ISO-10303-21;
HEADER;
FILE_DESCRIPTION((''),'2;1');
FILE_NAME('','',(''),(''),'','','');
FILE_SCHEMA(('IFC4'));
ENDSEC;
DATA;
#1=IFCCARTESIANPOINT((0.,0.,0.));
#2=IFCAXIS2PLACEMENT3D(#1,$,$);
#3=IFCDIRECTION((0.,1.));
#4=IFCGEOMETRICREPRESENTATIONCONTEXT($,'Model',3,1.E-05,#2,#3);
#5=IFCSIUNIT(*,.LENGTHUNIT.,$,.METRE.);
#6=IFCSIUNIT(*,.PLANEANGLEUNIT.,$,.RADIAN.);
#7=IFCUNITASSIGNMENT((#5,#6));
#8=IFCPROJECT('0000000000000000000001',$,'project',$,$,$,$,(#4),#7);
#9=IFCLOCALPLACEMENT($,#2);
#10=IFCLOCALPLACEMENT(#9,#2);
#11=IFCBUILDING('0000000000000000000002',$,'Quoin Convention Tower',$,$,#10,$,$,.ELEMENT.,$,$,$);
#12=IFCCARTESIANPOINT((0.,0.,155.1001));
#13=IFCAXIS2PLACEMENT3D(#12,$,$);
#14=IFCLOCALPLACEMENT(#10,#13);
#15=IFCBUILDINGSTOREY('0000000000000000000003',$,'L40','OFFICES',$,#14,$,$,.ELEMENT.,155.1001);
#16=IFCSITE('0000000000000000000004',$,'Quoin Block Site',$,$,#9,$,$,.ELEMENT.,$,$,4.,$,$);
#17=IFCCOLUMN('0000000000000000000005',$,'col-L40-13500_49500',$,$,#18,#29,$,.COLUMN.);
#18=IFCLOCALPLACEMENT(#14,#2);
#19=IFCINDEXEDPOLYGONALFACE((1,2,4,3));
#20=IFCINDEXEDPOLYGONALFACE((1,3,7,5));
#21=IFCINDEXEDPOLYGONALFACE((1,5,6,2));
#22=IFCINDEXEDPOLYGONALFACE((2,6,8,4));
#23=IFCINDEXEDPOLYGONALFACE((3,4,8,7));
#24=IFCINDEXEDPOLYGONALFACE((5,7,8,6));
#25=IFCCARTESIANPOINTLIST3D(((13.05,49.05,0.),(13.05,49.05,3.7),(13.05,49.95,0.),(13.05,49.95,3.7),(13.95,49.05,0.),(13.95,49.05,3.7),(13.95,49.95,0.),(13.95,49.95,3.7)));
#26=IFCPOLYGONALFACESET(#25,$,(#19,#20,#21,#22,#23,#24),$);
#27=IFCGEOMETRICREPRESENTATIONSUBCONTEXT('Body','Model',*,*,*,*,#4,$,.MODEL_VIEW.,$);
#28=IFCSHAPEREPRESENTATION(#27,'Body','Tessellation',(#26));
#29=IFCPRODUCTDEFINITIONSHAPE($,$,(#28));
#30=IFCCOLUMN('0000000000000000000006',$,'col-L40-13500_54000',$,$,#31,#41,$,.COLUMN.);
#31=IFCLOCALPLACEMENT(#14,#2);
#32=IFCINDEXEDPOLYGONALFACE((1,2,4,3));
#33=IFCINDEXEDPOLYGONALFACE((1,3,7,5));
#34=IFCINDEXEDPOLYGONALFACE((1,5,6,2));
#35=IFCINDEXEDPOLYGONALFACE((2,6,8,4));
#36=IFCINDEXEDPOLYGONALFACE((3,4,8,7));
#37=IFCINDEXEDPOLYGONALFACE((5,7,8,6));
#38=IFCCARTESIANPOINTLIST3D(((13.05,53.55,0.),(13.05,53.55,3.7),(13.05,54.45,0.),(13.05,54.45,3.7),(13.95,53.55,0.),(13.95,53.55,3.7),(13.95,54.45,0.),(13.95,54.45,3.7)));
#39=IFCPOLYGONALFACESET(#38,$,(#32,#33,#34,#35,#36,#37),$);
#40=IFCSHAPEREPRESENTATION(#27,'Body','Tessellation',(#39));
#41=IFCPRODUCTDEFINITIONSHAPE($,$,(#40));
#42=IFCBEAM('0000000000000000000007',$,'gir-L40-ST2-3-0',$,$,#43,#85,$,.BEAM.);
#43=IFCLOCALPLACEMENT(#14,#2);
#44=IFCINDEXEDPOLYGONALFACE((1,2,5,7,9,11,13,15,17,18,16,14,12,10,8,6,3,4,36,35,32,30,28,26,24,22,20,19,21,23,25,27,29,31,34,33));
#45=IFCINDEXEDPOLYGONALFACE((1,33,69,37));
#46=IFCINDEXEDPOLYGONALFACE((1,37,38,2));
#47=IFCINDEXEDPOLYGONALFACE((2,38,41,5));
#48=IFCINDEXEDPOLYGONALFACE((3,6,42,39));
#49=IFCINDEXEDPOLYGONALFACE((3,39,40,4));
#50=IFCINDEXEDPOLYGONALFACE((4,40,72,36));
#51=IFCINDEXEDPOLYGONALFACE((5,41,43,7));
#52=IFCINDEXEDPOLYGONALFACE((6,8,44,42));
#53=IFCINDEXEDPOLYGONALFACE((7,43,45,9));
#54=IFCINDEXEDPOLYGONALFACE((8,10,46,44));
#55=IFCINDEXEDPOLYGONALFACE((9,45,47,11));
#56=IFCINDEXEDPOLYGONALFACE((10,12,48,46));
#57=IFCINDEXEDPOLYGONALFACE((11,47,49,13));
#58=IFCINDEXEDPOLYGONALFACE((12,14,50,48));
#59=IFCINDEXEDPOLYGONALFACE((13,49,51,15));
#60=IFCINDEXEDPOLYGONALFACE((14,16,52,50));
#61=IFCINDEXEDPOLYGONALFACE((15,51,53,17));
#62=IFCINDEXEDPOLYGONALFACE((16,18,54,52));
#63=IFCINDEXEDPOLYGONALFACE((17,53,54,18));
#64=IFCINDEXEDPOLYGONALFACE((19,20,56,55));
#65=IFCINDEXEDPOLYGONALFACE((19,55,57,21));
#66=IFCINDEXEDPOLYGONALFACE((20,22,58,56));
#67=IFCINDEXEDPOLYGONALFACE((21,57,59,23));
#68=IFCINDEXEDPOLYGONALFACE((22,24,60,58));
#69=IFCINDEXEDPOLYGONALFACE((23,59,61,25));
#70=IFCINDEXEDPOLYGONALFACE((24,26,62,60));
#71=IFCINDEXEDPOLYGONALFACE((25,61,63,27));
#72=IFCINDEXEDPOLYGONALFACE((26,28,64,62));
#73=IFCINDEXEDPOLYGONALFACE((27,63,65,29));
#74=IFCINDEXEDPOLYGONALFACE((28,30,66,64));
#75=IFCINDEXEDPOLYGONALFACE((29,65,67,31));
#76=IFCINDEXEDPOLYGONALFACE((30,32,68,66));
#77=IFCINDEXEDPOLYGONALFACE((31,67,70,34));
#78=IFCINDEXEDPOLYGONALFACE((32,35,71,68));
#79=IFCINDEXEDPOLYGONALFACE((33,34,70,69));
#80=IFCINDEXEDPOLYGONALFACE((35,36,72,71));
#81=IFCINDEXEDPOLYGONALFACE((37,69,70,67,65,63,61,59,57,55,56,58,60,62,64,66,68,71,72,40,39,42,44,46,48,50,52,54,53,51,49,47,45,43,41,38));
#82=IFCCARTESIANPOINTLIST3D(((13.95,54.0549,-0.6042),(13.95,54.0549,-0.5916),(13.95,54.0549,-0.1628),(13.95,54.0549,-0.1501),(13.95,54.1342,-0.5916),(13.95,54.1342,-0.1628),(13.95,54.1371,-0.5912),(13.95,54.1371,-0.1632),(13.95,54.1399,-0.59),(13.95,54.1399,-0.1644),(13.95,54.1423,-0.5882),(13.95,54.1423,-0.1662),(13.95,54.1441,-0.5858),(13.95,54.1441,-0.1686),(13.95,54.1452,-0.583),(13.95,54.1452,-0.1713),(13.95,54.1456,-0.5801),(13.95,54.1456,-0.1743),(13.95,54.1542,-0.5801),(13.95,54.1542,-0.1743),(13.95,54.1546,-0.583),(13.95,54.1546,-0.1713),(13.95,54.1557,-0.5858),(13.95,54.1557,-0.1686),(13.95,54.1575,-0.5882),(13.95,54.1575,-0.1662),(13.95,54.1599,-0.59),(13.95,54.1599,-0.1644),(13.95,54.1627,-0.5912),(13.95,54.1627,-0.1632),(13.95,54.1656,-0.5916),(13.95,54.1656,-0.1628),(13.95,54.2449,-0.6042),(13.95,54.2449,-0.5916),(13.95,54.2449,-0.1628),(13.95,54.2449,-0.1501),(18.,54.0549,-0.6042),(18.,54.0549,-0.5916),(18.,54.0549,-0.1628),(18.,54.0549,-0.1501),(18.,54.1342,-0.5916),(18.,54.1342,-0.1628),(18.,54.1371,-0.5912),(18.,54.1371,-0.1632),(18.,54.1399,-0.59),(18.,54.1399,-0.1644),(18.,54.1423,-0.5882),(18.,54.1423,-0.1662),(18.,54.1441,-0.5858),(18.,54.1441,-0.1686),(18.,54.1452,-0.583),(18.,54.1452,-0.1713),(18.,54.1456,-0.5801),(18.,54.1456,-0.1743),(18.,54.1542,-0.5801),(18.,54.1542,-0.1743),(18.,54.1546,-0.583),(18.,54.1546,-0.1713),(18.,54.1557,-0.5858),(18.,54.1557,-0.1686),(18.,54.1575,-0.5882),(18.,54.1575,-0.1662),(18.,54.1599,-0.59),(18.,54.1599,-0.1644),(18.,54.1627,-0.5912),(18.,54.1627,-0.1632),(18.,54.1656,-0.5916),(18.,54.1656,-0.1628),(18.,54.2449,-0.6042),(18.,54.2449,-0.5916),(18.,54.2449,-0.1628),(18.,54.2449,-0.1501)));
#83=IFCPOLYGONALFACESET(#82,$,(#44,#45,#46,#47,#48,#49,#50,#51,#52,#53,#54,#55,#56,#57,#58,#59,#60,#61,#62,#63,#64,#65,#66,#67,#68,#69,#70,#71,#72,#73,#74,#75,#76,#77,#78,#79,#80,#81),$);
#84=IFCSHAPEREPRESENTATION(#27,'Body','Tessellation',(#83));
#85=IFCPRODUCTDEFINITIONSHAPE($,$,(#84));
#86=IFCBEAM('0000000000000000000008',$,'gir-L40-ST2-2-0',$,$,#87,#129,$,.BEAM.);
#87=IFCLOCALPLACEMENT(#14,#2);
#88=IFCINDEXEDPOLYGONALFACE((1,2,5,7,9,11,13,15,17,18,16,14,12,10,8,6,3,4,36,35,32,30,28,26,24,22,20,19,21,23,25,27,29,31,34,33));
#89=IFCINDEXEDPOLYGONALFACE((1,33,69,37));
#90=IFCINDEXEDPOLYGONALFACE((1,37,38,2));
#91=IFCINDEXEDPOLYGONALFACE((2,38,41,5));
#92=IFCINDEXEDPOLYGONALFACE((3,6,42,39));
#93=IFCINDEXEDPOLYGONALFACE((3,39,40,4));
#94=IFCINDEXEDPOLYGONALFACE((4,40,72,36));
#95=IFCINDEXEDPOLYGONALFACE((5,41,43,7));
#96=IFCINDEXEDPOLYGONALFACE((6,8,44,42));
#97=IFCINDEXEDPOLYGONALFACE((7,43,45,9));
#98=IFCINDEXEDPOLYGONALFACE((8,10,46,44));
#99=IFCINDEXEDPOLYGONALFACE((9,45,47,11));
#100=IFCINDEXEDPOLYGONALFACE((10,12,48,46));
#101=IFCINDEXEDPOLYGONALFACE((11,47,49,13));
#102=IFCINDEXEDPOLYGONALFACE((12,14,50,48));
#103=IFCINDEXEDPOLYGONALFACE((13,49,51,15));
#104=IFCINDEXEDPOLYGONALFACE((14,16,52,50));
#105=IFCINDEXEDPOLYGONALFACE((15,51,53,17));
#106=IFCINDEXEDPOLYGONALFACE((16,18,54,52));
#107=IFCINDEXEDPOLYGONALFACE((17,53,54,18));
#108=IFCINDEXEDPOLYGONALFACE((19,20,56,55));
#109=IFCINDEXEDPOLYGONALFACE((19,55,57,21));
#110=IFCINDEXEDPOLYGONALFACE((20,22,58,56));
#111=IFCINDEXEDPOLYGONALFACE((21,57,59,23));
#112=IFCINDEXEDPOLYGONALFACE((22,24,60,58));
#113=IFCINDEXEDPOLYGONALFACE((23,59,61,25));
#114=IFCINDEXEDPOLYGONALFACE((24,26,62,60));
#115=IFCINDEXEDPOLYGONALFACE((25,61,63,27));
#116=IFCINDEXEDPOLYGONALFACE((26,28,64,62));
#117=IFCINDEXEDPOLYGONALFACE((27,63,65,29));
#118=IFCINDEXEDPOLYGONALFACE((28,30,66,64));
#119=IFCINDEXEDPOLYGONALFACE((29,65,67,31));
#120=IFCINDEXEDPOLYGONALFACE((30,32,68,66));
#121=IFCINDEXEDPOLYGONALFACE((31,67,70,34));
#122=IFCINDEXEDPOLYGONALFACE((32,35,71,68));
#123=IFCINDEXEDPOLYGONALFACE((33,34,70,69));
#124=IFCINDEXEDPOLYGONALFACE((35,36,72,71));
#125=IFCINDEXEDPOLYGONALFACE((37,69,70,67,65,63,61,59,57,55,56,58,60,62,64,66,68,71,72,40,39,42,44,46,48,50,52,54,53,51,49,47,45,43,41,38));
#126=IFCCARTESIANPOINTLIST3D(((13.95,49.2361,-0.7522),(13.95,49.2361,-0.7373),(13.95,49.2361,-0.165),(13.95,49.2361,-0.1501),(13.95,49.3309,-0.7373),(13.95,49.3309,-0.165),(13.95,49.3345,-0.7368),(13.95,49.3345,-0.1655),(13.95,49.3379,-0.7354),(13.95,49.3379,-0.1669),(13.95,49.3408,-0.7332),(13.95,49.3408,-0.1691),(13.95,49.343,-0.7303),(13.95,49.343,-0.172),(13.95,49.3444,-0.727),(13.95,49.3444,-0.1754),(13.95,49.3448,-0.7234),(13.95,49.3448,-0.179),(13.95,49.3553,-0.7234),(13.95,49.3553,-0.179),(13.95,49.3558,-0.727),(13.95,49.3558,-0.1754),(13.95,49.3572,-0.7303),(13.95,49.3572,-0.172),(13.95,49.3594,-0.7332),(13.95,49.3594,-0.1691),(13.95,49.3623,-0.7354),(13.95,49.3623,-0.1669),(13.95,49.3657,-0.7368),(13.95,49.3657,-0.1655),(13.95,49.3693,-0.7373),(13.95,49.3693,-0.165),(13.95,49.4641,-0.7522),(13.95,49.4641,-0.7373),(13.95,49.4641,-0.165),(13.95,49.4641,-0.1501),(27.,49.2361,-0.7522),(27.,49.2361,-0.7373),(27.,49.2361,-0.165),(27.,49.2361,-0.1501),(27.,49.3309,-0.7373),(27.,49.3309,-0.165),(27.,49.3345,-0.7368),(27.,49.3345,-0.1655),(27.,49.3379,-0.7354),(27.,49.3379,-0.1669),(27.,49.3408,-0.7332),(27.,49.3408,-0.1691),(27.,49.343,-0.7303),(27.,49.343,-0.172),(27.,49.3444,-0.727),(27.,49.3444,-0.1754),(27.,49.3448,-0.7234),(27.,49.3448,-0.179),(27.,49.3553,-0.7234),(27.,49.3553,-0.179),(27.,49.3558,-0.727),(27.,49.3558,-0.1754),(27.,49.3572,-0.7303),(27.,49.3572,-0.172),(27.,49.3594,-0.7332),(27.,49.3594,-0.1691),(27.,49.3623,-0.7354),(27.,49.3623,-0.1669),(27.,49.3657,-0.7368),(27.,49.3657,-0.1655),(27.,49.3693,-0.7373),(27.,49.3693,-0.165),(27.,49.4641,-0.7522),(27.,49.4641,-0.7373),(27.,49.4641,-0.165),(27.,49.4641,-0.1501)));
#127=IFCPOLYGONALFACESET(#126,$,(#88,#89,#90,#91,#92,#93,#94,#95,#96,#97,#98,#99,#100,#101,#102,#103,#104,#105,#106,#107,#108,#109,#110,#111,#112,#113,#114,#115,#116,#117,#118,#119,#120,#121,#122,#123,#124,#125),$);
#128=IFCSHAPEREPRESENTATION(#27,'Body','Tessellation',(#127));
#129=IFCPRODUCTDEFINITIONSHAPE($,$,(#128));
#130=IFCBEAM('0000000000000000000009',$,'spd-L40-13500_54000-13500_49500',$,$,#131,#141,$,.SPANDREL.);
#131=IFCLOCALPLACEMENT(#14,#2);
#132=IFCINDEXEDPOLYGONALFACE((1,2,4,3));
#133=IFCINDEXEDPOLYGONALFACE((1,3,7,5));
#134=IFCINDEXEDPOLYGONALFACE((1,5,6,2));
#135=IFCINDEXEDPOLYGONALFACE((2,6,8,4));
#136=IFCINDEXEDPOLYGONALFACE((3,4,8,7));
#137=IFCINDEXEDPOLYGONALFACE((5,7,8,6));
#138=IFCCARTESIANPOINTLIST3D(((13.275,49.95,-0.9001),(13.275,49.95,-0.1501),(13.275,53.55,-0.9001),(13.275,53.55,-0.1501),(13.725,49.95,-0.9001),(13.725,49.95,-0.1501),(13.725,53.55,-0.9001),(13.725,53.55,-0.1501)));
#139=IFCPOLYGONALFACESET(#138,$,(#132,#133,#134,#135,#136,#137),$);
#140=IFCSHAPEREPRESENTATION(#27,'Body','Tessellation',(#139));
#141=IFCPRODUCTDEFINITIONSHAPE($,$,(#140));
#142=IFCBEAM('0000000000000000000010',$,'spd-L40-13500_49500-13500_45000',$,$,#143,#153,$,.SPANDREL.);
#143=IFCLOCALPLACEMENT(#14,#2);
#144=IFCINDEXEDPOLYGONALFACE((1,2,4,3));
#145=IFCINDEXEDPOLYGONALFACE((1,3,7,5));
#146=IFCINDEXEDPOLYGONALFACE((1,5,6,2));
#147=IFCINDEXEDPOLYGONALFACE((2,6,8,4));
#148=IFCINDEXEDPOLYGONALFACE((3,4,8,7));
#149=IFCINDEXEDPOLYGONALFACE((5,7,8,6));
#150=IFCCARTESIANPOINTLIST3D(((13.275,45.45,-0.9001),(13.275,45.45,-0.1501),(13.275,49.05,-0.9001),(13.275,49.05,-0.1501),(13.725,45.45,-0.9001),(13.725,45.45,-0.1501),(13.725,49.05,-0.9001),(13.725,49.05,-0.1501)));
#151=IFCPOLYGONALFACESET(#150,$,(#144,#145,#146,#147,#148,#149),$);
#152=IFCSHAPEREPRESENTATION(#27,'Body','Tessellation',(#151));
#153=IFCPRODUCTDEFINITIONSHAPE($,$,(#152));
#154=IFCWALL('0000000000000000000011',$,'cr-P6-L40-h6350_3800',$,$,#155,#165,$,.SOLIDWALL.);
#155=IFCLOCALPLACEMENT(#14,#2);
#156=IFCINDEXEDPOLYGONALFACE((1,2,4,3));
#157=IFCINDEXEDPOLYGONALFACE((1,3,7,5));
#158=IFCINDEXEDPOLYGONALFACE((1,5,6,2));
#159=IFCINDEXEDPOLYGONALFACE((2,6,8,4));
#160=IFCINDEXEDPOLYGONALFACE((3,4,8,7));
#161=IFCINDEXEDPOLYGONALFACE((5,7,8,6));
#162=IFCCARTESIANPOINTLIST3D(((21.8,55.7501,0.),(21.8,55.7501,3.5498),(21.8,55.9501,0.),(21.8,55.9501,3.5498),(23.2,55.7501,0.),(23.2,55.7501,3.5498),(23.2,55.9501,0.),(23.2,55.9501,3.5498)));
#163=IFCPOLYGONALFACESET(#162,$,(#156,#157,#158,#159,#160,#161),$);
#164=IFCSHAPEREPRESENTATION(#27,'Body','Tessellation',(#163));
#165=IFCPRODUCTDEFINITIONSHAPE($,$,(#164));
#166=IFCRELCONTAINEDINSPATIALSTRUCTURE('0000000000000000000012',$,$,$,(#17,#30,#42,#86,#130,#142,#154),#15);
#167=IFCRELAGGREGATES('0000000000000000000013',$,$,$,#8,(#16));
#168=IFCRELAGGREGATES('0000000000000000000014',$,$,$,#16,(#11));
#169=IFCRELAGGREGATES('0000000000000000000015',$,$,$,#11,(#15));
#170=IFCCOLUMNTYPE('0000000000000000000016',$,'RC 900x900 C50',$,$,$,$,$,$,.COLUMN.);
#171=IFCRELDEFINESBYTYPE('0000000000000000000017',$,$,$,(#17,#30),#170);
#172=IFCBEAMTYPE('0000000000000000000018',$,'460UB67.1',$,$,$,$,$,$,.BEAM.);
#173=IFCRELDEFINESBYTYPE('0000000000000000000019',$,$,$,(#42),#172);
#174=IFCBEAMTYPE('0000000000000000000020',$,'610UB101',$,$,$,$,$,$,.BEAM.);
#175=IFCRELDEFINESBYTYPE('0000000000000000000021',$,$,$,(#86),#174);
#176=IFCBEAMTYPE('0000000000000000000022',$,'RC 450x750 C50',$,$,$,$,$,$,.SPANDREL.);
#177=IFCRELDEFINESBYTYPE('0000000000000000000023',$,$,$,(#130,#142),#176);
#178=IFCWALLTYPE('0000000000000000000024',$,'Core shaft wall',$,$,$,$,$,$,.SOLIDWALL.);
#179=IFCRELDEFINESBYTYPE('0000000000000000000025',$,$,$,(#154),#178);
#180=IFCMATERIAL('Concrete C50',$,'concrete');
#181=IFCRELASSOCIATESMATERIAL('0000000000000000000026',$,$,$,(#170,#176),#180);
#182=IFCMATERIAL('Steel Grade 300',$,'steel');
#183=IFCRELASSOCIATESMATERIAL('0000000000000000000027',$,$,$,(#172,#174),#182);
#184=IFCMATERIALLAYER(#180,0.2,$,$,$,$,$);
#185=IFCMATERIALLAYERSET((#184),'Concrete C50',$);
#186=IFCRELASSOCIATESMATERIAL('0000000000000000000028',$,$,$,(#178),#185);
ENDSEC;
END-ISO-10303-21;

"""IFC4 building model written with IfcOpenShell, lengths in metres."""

from ifc_helpers import new_model, si_unit, direction, frame, frame_2d, origin, origin_2d, place, context, subcontext, project, spatial, rectangle, i_section, extrude, material, layer, layer_set, material_profile, profile_set, type_object, element, save


model = new_model("IFC4")

# Units and contexts
model_context = context("Model", 3, precision=1e-05, world=origin(), true_north=direction((0.0, 1.0)))
body_context = subcontext(model_context, "Body", "Model", "MODEL_VIEW")
ifc_project = project(units=[si_unit("LENGTHUNIT", "METRE"), si_unit("PLANEANGLEUNIT", "RADIAN")], contexts=[model_context])

# Site, building, storey
site_placement = place(None, origin())
site = spatial("IfcSite", under=ifc_project, at=site_placement, Name="Quoin Block Site", CompositionType="ELEMENT", RefElevation=4.0)
building_placement = place(site_placement, origin())
building = spatial("IfcBuilding", under=site, at=building_placement, Name="Quoin Convention Tower", CompositionType="ELEMENT")
storey_placement = place(building_placement, frame((0.0, 0.0, 155.1001)))
storey = spatial("IfcBuildingStorey", under=building, at=storey_placement, Name="L40", Description="OFFICES", CompositionType="ELEMENT", Elevation=155.1001)

# Columns
ifc_material_1 = material(Name="Concrete C50", Category="concrete")
ifc_material_profile_1 = material_profile(ifc_material_1, rectangle(XDim=0.8999, YDim=0.8999, at=origin_2d()), Name="RC 900x900")
ifc_profile_set_1 = profile_set([ifc_material_profile_1], Name="Concrete C50")
column_type = type_object("IfcColumnType", Name="RC 900x900 C50", PredefinedType="COLUMN", material=ifc_profile_set_1)
for number, where, z_axis, x_axis, name in (
    (1, (13.5, 49.5, 0.0), (0.0, 0.0, 1.0), (1.0, 0.0, 0.0), "col-L40-13500_49500"),
    (2, (13.5, 54.0, 0.0), (0.0, 0.0, 1.0), (1.0, 0.0, 0.0), "col-L40-13500_54000"),
):
    element("IfcColumn", number, at=place(storey_placement, frame(where, z_axis=z_axis, x_axis=x_axis)), inside=storey, type_object=column_type, Name=name, PredefinedType="COLUMN", context=body_context, shape_type="SweptSolid", body=[
        extrude(rectangle(XDim=0.8999, YDim=0.8999, at=origin_2d()), origin(), (0.0, 0.0, 1.0), 3.7),
    ])

# Beams
ifc_material_2 = material(Name="Steel Grade 300", Category="steel")
ifc_material_profile_2 = material_profile(ifc_material_2, i_section(OverallWidth=0.1899, OverallDepth=0.4541, WebThickness=0.0085, FlangeThickness=0.0127, FilletRadius=0.0115, at=origin_2d()), Name="460UB67.1")
ifc_profile_set_2 = profile_set([ifc_material_profile_2], Name="Steel Grade 300")
beam_type_1 = type_object("IfcBeamType", Name="460UB67.1", PredefinedType="BEAM", material=ifc_profile_set_2)
beam_1_placement = place(storey_placement, frame((13.95, 54.1499, -0.3772), z_axis=(1.0, 0.0, 0.0), x_axis=(0.0, 1.0, 0.0)))
element("IfcBeam", 3, at=beam_1_placement, inside=storey, type_object=beam_type_1, Name="gir-L40-ST2-3-0", PredefinedType="BEAM", context=body_context, shape_type="SweptSolid", body=[
    extrude(i_section(OverallWidth=0.1899, OverallDepth=0.4541, WebThickness=0.0085, FlangeThickness=0.0127, FilletRadius=0.0115, at=origin_2d()), origin(), (0.0, 0.0, 1.0), 4.05),
])
ifc_material_profile_3 = material_profile(ifc_material_2, i_section(OverallWidth=0.228, OverallDepth=0.6021, WebThickness=0.0105, FlangeThickness=0.0149, FilletRadius=0.0139, at=origin_2d()), Name="610UB101")
ifc_profile_set_3 = profile_set([ifc_material_profile_3], Name="Steel Grade 300")
beam_type_2 = type_object("IfcBeamType", Name="610UB101", PredefinedType="BEAM", material=ifc_profile_set_3)
beam_2_placement = place(storey_placement, frame((13.95, 49.3501, -0.4512), z_axis=(1.0, 0.0, 0.0), x_axis=(0.0, 1.0, 0.0)))
element("IfcBeam", 4, at=beam_2_placement, inside=storey, type_object=beam_type_2, Name="gir-L40-ST2-2-0", PredefinedType="BEAM", context=body_context, shape_type="SweptSolid", body=[
    extrude(i_section(OverallWidth=0.228, OverallDepth=0.6021, WebThickness=0.0105, FlangeThickness=0.0149, FilletRadius=0.0139, at=origin_2d()), origin(), (0.0, 0.0, 1.0), 13.05),
])
ifc_material_profile_4 = material_profile(ifc_material_1, rectangle(XDim=0.45, YDim=0.75, at=origin_2d()), Name="RC 450x750")
ifc_profile_set_4 = profile_set([ifc_material_profile_4], Name="Concrete C50")
beam_type_3 = type_object("IfcBeamType", Name="RC 450x750 C50", PredefinedType="SPANDREL", material=ifc_profile_set_4)
for number, where, z_axis, x_axis, name in (
    (5, (13.5, 53.55, -0.5251), (0.0, -1.0, 0.0), (1.0, 0.0, 0.0), "spd-L40-13500_54000-13500_49500"),
    (6, (13.5, 49.05, -0.5251), (0.0, -1.0, 0.0), (1.0, 0.0, 0.0), "spd-L40-13500_49500-13500_45000"),
):
    element("IfcBeam", number, at=place(storey_placement, frame(where, z_axis=z_axis, x_axis=x_axis)), inside=storey, type_object=beam_type_3, Name=name, PredefinedType="SPANDREL", context=body_context, shape_type="SweptSolid", body=[
        extrude(rectangle(XDim=0.45, YDim=0.75, at=origin_2d()), origin(), (0.0, 0.0, 1.0), 3.6001),
    ])

# Wall
ifc_layer_1 = layer(ifc_material_1, 0.2)
ifc_layer_set_1 = layer_set([ifc_layer_1], Name="Concrete C50")
wall_type_1 = type_object("IfcWallType", Name="Core shaft wall", PredefinedType="SOLIDWALL", material=ifc_layer_set_1)
wall_1_placement = place(storey_placement, frame((21.8, 55.8501, 0.0), z_axis=(0.0, 0.0, 1.0), x_axis=(1.0, 0.0, 0.0)))
element("IfcWall", 7, at=wall_1_placement, inside=storey, type_object=wall_type_1, Name="cr-P6-L40-h6350_3800", PredefinedType="SOLIDWALL", context=body_context, shape_type="SweptSolid", body=[
    extrude(rectangle(XDim=1.3999, YDim=0.2, at=frame_2d((0.7, 0.0))), origin(), (0.0, 0.0, 1.0), 3.5498),
])

save(model, "model.ifc")
